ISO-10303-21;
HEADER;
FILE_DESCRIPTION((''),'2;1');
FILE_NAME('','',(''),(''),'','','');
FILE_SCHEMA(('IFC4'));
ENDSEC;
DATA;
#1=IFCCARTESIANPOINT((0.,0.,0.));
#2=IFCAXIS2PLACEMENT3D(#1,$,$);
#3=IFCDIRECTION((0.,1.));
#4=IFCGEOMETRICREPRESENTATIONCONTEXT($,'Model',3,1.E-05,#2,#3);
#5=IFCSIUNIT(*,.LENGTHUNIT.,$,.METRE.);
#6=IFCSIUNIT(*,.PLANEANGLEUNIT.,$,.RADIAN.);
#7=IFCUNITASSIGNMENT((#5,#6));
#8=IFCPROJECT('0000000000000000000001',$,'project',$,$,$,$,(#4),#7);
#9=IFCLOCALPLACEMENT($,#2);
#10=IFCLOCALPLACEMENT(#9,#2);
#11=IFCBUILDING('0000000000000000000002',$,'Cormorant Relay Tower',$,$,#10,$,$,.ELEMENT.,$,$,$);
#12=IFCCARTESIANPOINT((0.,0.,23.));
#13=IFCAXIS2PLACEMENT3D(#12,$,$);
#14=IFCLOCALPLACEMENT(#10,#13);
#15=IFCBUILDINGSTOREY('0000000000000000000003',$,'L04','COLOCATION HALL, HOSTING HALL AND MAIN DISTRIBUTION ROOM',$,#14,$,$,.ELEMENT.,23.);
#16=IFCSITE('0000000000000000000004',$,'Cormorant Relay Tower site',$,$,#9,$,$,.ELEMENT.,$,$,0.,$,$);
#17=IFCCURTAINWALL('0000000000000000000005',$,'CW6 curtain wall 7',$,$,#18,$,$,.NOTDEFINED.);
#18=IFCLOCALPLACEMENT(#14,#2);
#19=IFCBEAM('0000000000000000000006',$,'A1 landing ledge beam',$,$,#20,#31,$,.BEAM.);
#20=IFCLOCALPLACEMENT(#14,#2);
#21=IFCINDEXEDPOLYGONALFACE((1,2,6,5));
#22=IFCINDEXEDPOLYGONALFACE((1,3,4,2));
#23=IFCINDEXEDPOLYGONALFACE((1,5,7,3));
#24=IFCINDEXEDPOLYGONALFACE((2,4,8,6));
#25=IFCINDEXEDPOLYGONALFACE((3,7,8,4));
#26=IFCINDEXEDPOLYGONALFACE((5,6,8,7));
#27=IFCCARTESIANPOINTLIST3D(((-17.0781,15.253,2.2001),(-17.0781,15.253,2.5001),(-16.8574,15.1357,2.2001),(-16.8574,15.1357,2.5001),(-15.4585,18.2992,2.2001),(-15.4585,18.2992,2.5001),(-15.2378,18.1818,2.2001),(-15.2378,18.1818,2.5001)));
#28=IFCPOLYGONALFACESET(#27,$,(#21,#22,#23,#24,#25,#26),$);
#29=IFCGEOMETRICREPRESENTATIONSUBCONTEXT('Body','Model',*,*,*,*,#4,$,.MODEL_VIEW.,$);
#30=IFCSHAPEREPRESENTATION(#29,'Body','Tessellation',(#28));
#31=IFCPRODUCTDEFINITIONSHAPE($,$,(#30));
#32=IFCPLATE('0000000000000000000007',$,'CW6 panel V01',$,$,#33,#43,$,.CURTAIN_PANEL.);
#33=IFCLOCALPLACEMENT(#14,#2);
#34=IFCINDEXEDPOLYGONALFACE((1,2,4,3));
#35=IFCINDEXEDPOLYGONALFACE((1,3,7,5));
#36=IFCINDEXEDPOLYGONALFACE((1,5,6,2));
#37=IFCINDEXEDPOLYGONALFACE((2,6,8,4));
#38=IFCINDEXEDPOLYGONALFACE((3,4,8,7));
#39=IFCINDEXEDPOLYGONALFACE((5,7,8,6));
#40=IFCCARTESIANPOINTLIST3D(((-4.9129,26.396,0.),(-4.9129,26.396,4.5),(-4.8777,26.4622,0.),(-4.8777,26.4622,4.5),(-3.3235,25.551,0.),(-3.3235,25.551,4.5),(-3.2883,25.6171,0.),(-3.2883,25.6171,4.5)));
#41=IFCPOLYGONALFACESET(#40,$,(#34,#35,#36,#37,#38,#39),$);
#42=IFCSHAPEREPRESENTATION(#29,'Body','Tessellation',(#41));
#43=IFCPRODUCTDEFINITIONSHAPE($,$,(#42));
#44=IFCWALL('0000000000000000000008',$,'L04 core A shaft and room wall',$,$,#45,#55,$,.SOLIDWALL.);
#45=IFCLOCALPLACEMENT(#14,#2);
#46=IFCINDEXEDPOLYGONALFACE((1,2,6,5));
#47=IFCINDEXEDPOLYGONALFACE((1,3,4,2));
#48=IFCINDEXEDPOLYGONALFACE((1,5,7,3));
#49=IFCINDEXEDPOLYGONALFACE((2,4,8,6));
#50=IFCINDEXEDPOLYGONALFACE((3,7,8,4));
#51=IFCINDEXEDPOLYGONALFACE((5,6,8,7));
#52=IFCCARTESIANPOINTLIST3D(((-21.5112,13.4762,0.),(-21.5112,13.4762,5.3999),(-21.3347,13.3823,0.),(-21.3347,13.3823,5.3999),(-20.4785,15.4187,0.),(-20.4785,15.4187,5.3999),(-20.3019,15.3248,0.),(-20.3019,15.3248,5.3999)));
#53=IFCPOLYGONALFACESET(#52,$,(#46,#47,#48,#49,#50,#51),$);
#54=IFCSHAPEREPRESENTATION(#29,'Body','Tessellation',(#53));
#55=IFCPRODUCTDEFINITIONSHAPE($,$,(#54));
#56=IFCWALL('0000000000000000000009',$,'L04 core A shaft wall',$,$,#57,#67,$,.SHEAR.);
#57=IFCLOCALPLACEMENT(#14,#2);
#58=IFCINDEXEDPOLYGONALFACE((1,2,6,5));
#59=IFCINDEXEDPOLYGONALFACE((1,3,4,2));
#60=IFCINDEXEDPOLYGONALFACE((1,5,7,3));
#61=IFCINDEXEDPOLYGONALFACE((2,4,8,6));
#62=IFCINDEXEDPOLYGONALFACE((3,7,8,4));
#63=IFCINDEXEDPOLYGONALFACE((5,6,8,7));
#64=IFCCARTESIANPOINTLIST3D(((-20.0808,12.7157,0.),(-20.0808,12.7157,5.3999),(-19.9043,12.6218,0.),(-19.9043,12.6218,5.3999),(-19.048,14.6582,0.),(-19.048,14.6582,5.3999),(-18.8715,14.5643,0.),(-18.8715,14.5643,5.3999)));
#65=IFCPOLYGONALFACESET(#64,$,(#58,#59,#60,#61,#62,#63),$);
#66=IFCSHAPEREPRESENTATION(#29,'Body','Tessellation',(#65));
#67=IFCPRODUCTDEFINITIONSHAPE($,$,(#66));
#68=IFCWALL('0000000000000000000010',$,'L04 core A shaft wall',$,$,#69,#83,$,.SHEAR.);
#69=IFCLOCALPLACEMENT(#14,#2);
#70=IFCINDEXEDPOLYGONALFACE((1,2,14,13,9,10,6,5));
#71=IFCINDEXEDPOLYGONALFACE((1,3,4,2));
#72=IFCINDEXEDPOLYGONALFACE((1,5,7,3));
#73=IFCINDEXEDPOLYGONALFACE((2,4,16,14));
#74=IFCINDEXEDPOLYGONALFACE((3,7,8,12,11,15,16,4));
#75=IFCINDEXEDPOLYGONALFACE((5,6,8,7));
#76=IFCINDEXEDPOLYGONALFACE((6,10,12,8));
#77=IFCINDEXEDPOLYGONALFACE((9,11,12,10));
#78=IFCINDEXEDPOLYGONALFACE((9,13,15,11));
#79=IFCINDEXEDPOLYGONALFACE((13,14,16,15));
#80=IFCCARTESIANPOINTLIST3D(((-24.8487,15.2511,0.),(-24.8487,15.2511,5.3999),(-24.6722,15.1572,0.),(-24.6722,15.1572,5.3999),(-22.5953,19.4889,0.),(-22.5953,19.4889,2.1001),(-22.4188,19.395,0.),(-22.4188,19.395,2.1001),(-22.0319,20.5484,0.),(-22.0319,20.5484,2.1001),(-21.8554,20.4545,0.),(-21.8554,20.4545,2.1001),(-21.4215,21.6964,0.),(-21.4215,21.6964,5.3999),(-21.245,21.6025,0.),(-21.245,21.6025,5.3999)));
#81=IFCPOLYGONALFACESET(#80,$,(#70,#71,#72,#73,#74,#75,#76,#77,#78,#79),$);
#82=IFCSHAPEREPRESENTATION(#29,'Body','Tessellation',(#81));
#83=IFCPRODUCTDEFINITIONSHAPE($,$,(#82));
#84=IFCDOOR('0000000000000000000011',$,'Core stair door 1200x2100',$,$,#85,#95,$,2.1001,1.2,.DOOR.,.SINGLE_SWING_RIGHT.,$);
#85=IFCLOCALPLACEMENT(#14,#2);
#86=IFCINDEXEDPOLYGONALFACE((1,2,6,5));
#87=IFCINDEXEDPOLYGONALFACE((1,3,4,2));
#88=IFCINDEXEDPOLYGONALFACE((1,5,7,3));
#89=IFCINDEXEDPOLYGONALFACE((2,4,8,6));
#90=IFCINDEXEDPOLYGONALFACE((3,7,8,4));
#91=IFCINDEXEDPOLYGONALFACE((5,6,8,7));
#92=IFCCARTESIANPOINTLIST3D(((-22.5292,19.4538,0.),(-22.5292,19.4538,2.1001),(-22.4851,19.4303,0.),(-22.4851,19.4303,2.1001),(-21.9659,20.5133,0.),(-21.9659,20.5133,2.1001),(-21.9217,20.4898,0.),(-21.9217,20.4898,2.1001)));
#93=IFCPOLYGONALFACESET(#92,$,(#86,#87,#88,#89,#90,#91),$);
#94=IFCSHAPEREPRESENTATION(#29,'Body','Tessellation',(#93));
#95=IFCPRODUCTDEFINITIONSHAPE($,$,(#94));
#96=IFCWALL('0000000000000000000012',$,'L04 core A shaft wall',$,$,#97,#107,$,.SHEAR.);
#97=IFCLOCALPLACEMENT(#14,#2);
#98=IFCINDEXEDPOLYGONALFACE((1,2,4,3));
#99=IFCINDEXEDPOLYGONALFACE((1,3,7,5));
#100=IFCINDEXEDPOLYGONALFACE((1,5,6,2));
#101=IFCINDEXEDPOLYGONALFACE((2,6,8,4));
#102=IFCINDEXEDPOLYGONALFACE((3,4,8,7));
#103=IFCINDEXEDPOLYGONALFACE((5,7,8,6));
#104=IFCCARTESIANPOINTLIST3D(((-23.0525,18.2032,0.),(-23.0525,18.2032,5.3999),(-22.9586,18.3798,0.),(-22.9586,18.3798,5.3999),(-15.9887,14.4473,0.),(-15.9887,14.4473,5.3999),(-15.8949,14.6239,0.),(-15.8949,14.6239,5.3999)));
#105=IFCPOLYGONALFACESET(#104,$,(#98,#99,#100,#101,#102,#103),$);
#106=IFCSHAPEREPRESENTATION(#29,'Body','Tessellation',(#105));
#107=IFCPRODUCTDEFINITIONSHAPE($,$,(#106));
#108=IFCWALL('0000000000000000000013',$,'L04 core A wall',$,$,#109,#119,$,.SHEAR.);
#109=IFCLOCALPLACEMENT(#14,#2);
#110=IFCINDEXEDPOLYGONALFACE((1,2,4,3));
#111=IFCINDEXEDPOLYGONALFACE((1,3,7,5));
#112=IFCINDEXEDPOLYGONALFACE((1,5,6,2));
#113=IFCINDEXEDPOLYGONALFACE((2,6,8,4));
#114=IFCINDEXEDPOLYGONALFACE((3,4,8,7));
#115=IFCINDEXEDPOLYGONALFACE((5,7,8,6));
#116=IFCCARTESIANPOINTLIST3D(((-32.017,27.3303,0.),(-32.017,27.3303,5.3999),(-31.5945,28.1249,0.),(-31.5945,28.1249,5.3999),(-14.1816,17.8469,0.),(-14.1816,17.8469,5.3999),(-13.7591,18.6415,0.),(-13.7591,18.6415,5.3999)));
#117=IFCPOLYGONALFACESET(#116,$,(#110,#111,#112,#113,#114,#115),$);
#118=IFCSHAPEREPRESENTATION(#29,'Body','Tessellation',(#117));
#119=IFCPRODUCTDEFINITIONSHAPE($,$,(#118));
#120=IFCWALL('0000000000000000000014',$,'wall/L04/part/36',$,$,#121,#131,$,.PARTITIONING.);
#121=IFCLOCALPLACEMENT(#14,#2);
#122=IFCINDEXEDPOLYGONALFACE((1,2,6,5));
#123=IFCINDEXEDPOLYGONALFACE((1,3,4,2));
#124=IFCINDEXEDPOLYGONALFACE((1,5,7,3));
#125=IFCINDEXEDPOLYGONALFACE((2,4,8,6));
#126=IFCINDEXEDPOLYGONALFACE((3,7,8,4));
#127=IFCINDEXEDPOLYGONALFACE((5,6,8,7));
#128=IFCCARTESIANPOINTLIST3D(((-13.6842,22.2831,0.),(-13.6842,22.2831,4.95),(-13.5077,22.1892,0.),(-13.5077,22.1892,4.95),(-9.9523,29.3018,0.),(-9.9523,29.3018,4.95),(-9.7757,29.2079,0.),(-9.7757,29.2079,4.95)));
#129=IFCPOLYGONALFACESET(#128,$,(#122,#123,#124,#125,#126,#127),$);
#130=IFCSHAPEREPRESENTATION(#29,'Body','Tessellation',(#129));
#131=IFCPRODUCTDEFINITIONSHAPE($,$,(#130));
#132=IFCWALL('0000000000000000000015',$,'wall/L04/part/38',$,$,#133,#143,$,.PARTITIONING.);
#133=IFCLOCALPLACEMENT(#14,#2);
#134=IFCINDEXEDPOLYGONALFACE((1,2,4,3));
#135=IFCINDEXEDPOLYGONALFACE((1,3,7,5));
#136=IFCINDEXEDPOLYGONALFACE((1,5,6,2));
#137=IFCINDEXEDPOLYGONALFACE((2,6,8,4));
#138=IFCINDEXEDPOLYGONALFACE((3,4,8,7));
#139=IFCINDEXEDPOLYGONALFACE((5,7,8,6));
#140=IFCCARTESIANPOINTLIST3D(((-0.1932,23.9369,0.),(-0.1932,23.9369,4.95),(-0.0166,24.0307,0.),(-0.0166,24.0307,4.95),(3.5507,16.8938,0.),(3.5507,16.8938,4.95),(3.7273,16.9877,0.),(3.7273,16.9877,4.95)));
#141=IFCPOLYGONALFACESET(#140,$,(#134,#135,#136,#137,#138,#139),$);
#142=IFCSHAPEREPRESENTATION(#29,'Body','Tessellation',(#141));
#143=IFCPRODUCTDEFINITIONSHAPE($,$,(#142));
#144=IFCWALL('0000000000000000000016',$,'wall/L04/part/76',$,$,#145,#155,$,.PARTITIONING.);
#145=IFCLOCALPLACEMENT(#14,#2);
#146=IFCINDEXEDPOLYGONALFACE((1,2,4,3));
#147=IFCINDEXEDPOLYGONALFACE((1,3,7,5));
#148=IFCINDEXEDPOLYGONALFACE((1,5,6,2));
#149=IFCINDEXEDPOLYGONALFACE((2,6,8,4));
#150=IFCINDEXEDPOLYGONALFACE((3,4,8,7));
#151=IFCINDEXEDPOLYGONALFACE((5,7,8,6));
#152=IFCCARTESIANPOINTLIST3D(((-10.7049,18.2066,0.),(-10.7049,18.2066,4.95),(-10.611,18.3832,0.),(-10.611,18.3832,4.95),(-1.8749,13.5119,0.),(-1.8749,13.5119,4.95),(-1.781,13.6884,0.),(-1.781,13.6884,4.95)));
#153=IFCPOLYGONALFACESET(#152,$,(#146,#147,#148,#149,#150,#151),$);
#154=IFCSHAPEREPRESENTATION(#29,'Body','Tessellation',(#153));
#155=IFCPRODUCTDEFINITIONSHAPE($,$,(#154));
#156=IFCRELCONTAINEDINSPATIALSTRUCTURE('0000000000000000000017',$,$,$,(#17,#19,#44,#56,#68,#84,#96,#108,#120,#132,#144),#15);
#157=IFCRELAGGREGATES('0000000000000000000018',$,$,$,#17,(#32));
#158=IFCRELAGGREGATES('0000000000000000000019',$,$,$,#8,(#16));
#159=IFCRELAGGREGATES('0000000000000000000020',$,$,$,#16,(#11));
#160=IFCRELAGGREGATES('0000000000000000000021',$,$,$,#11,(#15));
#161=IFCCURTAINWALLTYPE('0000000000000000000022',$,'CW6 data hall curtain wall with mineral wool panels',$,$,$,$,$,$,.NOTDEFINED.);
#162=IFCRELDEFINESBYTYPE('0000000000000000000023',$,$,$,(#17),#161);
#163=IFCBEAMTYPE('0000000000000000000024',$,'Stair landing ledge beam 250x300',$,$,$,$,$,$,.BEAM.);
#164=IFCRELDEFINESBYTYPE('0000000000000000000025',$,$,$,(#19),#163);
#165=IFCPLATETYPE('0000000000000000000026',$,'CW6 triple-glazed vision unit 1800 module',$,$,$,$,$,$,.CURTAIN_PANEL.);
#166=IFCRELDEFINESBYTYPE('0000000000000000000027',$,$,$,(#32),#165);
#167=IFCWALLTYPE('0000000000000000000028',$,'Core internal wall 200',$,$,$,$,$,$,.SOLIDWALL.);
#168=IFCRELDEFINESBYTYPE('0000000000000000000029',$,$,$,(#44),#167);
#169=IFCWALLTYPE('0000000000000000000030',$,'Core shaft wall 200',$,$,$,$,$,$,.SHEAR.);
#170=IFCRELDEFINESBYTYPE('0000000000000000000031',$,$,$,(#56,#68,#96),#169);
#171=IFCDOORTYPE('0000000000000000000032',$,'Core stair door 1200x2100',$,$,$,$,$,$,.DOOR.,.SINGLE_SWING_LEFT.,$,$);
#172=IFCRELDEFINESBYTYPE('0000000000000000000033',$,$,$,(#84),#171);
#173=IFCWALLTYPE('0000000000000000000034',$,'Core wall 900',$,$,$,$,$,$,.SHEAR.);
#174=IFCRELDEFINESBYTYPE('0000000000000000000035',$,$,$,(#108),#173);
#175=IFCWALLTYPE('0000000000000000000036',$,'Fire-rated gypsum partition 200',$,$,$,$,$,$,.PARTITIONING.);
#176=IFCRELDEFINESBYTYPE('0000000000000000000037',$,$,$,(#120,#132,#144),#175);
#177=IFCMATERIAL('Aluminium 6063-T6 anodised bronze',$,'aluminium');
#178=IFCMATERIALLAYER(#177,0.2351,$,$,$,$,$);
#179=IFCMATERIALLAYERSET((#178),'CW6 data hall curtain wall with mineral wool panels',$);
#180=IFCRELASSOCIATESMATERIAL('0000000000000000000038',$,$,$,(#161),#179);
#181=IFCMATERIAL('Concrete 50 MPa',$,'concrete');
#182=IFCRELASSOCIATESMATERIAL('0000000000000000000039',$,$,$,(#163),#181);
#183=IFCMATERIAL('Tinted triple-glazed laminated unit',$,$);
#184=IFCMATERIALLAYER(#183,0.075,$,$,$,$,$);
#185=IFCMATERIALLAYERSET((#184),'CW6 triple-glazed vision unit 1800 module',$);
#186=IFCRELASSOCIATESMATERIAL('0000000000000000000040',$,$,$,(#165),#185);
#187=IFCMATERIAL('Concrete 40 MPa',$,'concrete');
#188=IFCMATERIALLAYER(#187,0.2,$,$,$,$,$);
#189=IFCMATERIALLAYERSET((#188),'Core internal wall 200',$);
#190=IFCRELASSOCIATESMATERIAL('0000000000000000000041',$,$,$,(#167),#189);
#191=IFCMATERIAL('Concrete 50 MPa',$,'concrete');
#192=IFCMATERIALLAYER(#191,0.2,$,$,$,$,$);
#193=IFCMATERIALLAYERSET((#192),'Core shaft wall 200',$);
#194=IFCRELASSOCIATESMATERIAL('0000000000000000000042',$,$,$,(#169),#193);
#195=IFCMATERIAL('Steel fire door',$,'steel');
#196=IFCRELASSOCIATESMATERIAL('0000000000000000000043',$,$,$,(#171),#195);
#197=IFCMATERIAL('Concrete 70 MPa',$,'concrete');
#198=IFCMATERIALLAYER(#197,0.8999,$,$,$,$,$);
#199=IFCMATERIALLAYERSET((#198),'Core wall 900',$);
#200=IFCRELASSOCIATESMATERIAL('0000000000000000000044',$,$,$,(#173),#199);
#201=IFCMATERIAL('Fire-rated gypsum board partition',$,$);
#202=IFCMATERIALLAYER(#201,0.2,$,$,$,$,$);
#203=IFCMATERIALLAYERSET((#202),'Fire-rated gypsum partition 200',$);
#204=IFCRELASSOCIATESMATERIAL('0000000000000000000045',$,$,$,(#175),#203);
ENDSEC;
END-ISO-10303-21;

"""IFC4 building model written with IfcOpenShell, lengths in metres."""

from ifc_helpers import new_model, si_unit, direction, frame, frame_2d, origin, origin_2d, place, context, subcontext, project, spatial, rectangle, extrude, material, layer, layer_set, material_profile, profile_set, type_object, element, fill, aggregate, save


model = new_model("IFC4")

# Units and contexts
model_context = context("Model", 3, precision=1e-05, world=origin(), true_north=direction((0.0, 1.0)))
body_context = subcontext(model_context, "Body", "Model", "MODEL_VIEW")
ifc_project = project(units=[si_unit("LENGTHUNIT", "METRE"), si_unit("PLANEANGLEUNIT", "RADIAN")], contexts=[model_context])

# Site, building, storey
site_placement = place(None, origin())
site = spatial("IfcSite", under=ifc_project, at=site_placement, Name="Cormorant Relay Tower site", CompositionType="ELEMENT", RefElevation=0.0)
building_placement = place(site_placement, origin())
building = spatial("IfcBuilding", under=site, at=building_placement, Name="Cormorant Relay Tower", CompositionType="ELEMENT")
storey_placement = place(building_placement, frame((0.0, 0.0, 23.0)))
storey = spatial("IfcBuildingStorey", under=building, at=storey_placement, Name="L04", Description="COLOCATION HALL, HOSTING HALL AND MAIN DISTRIBUTION ROOM", CompositionType="ELEMENT", Elevation=23.0)

# Curtain wall
ifc_material_1 = material(Name="Aluminium 6063-T6 anodised bronze", Category="aluminium")
ifc_layer_1 = layer(ifc_material_1, 0.2351)
ifc_layer_set_1 = layer_set([ifc_layer_1], Name="CW6 data hall curtain wall with mineral wool panels")
curtain_wall_type = type_object("IfcCurtainWallType", Name="CW6 data hall curtain wall with mineral wool panels", PredefinedType="NOTDEFINED", material=ifc_layer_set_1)
curtain_wall_placement = place(storey_placement, origin())
curtain_wall = element("IfcCurtainWall", 1, at=curtain_wall_placement, inside=storey, type_object=curtain_wall_type, Name="CW6 curtain wall 7", PredefinedType="NOTDEFINED")

# Beam
ifc_material_2 = material(Name="Concrete 50 MPa", Category="concrete")
ifc_material_profile_1 = material_profile(ifc_material_2, rectangle(XDim=0.25, YDim=0.3, at=origin_2d()), Name="RC 250x300")
ifc_profile_set_1 = profile_set([ifc_material_profile_1], Name="Concrete 50 MPa")
beam_type_1 = type_object("IfcBeamType", Name="Stair landing ledge beam 250x300", PredefinedType="BEAM", material=ifc_profile_set_1)
beam_1_placement = place(storey_placement, frame((-16.9678, 15.1943, 2.3501), z_axis=(0.469464, 0.882952, 0.0), x_axis=(-0.882952, 0.469464, 0.0)))
element("IfcBeam", 2, at=beam_1_placement, inside=storey, type_object=beam_type_1, Name="A1 landing ledge beam", PredefinedType="BEAM", context=body_context, shape_type="SweptSolid", body=[
    extrude(rectangle(XDim=0.25, YDim=0.3, at=origin_2d()), origin(), (0.0, 0.0, 1.0), 3.45),
])

# Plate
ifc_material_3 = material(Name="Tinted triple-glazed laminated unit")
ifc_layer_2 = layer(ifc_material_3, 0.075)
ifc_layer_set_2 = layer_set([ifc_layer_2], Name="CW6 triple-glazed vision unit 1800 module")
plate_type = type_object("IfcPlateType", Name="CW6 triple-glazed vision unit 1800 module", PredefinedType="CURTAIN_PANEL", material=ifc_layer_set_2)
plate_placement = place(storey_placement, frame((-4.1006, 26.0066, 0.0), z_axis=(0.0, 0.0, 1.0), x_axis=(-0.882948, 0.469472, 0.0)))
plate = element("IfcPlate", 3, at=plate_placement, type_object=plate_type, Name="CW6 panel V01", PredefinedType="CURTAIN_PANEL", context=body_context, shape_type="SweptSolid", body=[
    extrude(rectangle(XDim=1.8, YDim=0.075, at=origin_2d()), origin(), (0.0, 0.0, 1.0), 4.5),
])

# Walls
ifc_material_4 = material(Name="Concrete 40 MPa", Category="concrete")
ifc_layer_3 = layer(ifc_material_4, 0.2)
ifc_layer_set_3 = layer_set([ifc_layer_3], Name="Core internal wall 200")
wall_type_1 = type_object("IfcWallType", Name="Core internal wall 200", PredefinedType="SOLIDWALL", material=ifc_layer_set_3)
wall_1_placement = place(storey_placement, frame((-20.3901, 15.3718, 0.0), z_axis=(0.0, 0.0, 1.0), x_axis=(-0.469447, -0.88296, 0.0)))
element("IfcWall", 4, at=wall_1_placement, inside=storey, type_object=wall_type_1, Name="L04 core A shaft and room wall", PredefinedType="SOLIDWALL", context=body_context, shape_type="SweptSolid", body=[
    extrude(rectangle(XDim=2.2, YDim=0.2, at=frame_2d((1.1001, 0.0))), origin(), (0.0, 0.0, 1.0), 5.3999),
])
ifc_material_5 = material(Name="Concrete 50 MPa", Category="concrete")
ifc_layer_4 = layer(ifc_material_5, 0.2)
ifc_layer_set_4 = layer_set([ifc_layer_4], Name="Core shaft wall 200")
wall_type_2 = type_object("IfcWallType", Name="Core shaft wall 200", PredefinedType="SHEAR", material=ifc_layer_set_4)
wall_2_placement = place(storey_placement, frame((-18.9597, 14.6113, 0.0), z_axis=(0.0, 0.0, 1.0), x_axis=(-0.469447, -0.88296, 0.0)))
element("IfcWall", 5, at=wall_2_placement, inside=storey, type_object=wall_type_2, Name="L04 core A shaft wall", PredefinedType="SHEAR", context=body_context, shape_type="SweptSolid", body=[
    extrude(rectangle(XDim=2.2, YDim=0.2, at=frame_2d((1.1001, 0.0))), origin(), (0.0, 0.0, 1.0), 5.3999),
])

# Wall, opening, door
wall_3_placement = place(storey_placement, frame((-21.3333, 21.6494, 0.0), z_axis=(0.0, 0.0, 1.0), x_axis=(-0.469494, -0.882936, 0.0)))
wall_3 = element("IfcWall", 6, at=wall_3_placement, inside=storey, type_object=wall_type_2, Name="L04 core A shaft wall", PredefinedType="SHEAR", context=body_context, shape_type="SweptSolid", body=[
    extrude(rectangle(XDim=7.2998, YDim=0.2, at=frame_2d((3.6499, 0.0))), origin(), (0.0, 0.0, 1.0), 5.3999),
])
opening_1_placement = place(wall_3_placement, frame((1.3, 0.0, 0.0)))
opening_1 = element("IfcOpeningElement", 7, at=opening_1_placement, cuts=wall_3, PredefinedType="OPENING", context=body_context, shape_type="SweptSolid", body=[
    extrude(rectangle(XDim=1.2, YDim=2.1001, at=frame_2d((0.6001, 1.05))), frame((0.0, 0.1099, 0.0), z_axis=(0.0, -1.0, 0.0), x_axis=(1.0, 0.0, 0.0)), (0.0, 0.0, 1.0), 0.22),
])
ifc_material_6 = material(Name="Steel fire door", Category="steel")
door_type_1 = type_object("IfcDoorType", Name="Core stair door 1200x2100", OperationType="SINGLE_SWING_LEFT", PredefinedType="DOOR", material=ifc_material_6)
door_1_placement = place(opening_1_placement, origin())
door_1 = element("IfcDoor", 8, at=door_1_placement, inside=storey, type_object=door_type_1, Name="Core stair door 1200x2100", OperationType="SINGLE_SWING_RIGHT", OverallHeight=2.1001, OverallWidth=1.2, PredefinedType="DOOR", context=body_context, shape_type="SweptSolid", body=[
    extrude(rectangle(XDim=1.2, YDim=2.1001, at=frame_2d((0.6001, 1.05))), frame((0.0, 0.0249, 0.0), z_axis=(0.0, -1.0, 0.0), x_axis=(1.0, 0.0, 0.0)), (0.0, 0.0, 1.0), 0.05),
])
fill(opening_1, door_1)

# Wall
wall_4_placement = place(storey_placement, frame((-15.9419, 14.5356, 0.0), z_axis=(0.0, 0.0, 1.0), x_axis=(-0.882947, 0.469473, 0.0)))
element("IfcWall", 9, at=wall_4_placement, inside=storey, type_object=wall_type_2, Name="L04 core A shaft wall", PredefinedType="SHEAR", context=body_context, shape_type="SweptSolid", body=[
    extrude(rectangle(XDim=8.0002, YDim=0.2, at=frame_2d((4.0, 0.0))), origin(), (0.0, 0.0, 1.0), 5.3999),
])

# Shared definitions
ifc_material_7 = material(Name="Concrete 70 MPa", Category="concrete")
ifc_layer_5 = layer(ifc_material_7, 0.8999)
ifc_layer_set_5 = layer_set([ifc_layer_5], Name="Core wall 900")
wall_type_3 = type_object("IfcWallType", Name="Core wall 900", PredefinedType="SHEAR", material=ifc_layer_set_5)

# Walls
wall_5_placement = place(storey_placement, frame((-13.9702, 18.2441, 0.0), z_axis=(0.0, 0.0, 1.0), x_axis=(-0.882945, 0.469476, 0.0)))
element("IfcWall", 10, at=wall_5_placement, inside=storey, type_object=wall_type_3, Name="L04 core A wall", PredefinedType="SHEAR", context=body_context, shape_type="SweptSolid", body=[
    extrude(rectangle(XDim=20.2, YDim=0.8999, at=frame_2d((10.1001, 0.0))), origin(), (0.0, 0.0, 1.0), 5.3999),
])
ifc_material_8 = material(Name="Fire-rated gypsum board partition")
ifc_layer_6 = layer(ifc_material_8, 0.2)
ifc_layer_set_6 = layer_set([ifc_layer_6], Name="Fire-rated gypsum partition 200")
wall_type_4 = type_object("IfcWallType", Name="Fire-rated gypsum partition 200", PredefinedType="PARTITIONING", material=ifc_layer_set_6)
wall_6_placement = place(storey_placement, frame((-9.864, 29.2549, 0.0), z_axis=(0.0, 0.0, 1.0), x_axis=(-0.469469, -0.882949, 0.0)))
element("IfcWall", 11, at=wall_6_placement, inside=storey, type_object=wall_type_4, Name="wall/L04/part/36", PredefinedType="PARTITIONING", context=body_context, shape_type="SweptSolid", body=[
    extrude(rectangle(XDim=7.9492, YDim=0.2, at=frame_2d((3.9746, 0.0))), origin(), (0.0, 0.0, 1.0), 4.95),
])
wall_7_placement = place(storey_placement, frame((-0.105, 23.9839, 0.0), z_axis=(0.0, 0.0, 1.0), x_axis=(0.469382, -0.882995, 0.0)))
element("IfcWall", 12, at=wall_7_placement, inside=storey, type_object=wall_type_4, Name="wall/L04/part/38", PredefinedType="PARTITIONING", context=body_context, shape_type="SweptSolid", body=[
    extrude(rectangle(XDim=7.9763, YDim=0.2, at=frame_2d((3.9883, 0.0))), origin(), (0.0, 0.0, 1.0), 4.95),
])
wall_8_placement = place(storey_placement, frame((-10.658, 18.2949, 0.0), z_axis=(0.0, 0.0, 1.0), x_axis=(0.882956, -0.469455, 0.0)))
element("IfcWall", 13, at=wall_8_placement, inside=storey, type_object=wall_type_4, Name="wall/L04/part/76", PredefinedType="PARTITIONING", context=body_context, shape_type="SweptSolid", body=[
    extrude(rectangle(XDim=10.0005, YDim=0.2, at=frame_2d((5.0002, 0.0))), origin(), (0.0, 0.0, 1.0), 4.95),
])

aggregate(curtain_wall, [plate])

save(model, "model.ifc")
